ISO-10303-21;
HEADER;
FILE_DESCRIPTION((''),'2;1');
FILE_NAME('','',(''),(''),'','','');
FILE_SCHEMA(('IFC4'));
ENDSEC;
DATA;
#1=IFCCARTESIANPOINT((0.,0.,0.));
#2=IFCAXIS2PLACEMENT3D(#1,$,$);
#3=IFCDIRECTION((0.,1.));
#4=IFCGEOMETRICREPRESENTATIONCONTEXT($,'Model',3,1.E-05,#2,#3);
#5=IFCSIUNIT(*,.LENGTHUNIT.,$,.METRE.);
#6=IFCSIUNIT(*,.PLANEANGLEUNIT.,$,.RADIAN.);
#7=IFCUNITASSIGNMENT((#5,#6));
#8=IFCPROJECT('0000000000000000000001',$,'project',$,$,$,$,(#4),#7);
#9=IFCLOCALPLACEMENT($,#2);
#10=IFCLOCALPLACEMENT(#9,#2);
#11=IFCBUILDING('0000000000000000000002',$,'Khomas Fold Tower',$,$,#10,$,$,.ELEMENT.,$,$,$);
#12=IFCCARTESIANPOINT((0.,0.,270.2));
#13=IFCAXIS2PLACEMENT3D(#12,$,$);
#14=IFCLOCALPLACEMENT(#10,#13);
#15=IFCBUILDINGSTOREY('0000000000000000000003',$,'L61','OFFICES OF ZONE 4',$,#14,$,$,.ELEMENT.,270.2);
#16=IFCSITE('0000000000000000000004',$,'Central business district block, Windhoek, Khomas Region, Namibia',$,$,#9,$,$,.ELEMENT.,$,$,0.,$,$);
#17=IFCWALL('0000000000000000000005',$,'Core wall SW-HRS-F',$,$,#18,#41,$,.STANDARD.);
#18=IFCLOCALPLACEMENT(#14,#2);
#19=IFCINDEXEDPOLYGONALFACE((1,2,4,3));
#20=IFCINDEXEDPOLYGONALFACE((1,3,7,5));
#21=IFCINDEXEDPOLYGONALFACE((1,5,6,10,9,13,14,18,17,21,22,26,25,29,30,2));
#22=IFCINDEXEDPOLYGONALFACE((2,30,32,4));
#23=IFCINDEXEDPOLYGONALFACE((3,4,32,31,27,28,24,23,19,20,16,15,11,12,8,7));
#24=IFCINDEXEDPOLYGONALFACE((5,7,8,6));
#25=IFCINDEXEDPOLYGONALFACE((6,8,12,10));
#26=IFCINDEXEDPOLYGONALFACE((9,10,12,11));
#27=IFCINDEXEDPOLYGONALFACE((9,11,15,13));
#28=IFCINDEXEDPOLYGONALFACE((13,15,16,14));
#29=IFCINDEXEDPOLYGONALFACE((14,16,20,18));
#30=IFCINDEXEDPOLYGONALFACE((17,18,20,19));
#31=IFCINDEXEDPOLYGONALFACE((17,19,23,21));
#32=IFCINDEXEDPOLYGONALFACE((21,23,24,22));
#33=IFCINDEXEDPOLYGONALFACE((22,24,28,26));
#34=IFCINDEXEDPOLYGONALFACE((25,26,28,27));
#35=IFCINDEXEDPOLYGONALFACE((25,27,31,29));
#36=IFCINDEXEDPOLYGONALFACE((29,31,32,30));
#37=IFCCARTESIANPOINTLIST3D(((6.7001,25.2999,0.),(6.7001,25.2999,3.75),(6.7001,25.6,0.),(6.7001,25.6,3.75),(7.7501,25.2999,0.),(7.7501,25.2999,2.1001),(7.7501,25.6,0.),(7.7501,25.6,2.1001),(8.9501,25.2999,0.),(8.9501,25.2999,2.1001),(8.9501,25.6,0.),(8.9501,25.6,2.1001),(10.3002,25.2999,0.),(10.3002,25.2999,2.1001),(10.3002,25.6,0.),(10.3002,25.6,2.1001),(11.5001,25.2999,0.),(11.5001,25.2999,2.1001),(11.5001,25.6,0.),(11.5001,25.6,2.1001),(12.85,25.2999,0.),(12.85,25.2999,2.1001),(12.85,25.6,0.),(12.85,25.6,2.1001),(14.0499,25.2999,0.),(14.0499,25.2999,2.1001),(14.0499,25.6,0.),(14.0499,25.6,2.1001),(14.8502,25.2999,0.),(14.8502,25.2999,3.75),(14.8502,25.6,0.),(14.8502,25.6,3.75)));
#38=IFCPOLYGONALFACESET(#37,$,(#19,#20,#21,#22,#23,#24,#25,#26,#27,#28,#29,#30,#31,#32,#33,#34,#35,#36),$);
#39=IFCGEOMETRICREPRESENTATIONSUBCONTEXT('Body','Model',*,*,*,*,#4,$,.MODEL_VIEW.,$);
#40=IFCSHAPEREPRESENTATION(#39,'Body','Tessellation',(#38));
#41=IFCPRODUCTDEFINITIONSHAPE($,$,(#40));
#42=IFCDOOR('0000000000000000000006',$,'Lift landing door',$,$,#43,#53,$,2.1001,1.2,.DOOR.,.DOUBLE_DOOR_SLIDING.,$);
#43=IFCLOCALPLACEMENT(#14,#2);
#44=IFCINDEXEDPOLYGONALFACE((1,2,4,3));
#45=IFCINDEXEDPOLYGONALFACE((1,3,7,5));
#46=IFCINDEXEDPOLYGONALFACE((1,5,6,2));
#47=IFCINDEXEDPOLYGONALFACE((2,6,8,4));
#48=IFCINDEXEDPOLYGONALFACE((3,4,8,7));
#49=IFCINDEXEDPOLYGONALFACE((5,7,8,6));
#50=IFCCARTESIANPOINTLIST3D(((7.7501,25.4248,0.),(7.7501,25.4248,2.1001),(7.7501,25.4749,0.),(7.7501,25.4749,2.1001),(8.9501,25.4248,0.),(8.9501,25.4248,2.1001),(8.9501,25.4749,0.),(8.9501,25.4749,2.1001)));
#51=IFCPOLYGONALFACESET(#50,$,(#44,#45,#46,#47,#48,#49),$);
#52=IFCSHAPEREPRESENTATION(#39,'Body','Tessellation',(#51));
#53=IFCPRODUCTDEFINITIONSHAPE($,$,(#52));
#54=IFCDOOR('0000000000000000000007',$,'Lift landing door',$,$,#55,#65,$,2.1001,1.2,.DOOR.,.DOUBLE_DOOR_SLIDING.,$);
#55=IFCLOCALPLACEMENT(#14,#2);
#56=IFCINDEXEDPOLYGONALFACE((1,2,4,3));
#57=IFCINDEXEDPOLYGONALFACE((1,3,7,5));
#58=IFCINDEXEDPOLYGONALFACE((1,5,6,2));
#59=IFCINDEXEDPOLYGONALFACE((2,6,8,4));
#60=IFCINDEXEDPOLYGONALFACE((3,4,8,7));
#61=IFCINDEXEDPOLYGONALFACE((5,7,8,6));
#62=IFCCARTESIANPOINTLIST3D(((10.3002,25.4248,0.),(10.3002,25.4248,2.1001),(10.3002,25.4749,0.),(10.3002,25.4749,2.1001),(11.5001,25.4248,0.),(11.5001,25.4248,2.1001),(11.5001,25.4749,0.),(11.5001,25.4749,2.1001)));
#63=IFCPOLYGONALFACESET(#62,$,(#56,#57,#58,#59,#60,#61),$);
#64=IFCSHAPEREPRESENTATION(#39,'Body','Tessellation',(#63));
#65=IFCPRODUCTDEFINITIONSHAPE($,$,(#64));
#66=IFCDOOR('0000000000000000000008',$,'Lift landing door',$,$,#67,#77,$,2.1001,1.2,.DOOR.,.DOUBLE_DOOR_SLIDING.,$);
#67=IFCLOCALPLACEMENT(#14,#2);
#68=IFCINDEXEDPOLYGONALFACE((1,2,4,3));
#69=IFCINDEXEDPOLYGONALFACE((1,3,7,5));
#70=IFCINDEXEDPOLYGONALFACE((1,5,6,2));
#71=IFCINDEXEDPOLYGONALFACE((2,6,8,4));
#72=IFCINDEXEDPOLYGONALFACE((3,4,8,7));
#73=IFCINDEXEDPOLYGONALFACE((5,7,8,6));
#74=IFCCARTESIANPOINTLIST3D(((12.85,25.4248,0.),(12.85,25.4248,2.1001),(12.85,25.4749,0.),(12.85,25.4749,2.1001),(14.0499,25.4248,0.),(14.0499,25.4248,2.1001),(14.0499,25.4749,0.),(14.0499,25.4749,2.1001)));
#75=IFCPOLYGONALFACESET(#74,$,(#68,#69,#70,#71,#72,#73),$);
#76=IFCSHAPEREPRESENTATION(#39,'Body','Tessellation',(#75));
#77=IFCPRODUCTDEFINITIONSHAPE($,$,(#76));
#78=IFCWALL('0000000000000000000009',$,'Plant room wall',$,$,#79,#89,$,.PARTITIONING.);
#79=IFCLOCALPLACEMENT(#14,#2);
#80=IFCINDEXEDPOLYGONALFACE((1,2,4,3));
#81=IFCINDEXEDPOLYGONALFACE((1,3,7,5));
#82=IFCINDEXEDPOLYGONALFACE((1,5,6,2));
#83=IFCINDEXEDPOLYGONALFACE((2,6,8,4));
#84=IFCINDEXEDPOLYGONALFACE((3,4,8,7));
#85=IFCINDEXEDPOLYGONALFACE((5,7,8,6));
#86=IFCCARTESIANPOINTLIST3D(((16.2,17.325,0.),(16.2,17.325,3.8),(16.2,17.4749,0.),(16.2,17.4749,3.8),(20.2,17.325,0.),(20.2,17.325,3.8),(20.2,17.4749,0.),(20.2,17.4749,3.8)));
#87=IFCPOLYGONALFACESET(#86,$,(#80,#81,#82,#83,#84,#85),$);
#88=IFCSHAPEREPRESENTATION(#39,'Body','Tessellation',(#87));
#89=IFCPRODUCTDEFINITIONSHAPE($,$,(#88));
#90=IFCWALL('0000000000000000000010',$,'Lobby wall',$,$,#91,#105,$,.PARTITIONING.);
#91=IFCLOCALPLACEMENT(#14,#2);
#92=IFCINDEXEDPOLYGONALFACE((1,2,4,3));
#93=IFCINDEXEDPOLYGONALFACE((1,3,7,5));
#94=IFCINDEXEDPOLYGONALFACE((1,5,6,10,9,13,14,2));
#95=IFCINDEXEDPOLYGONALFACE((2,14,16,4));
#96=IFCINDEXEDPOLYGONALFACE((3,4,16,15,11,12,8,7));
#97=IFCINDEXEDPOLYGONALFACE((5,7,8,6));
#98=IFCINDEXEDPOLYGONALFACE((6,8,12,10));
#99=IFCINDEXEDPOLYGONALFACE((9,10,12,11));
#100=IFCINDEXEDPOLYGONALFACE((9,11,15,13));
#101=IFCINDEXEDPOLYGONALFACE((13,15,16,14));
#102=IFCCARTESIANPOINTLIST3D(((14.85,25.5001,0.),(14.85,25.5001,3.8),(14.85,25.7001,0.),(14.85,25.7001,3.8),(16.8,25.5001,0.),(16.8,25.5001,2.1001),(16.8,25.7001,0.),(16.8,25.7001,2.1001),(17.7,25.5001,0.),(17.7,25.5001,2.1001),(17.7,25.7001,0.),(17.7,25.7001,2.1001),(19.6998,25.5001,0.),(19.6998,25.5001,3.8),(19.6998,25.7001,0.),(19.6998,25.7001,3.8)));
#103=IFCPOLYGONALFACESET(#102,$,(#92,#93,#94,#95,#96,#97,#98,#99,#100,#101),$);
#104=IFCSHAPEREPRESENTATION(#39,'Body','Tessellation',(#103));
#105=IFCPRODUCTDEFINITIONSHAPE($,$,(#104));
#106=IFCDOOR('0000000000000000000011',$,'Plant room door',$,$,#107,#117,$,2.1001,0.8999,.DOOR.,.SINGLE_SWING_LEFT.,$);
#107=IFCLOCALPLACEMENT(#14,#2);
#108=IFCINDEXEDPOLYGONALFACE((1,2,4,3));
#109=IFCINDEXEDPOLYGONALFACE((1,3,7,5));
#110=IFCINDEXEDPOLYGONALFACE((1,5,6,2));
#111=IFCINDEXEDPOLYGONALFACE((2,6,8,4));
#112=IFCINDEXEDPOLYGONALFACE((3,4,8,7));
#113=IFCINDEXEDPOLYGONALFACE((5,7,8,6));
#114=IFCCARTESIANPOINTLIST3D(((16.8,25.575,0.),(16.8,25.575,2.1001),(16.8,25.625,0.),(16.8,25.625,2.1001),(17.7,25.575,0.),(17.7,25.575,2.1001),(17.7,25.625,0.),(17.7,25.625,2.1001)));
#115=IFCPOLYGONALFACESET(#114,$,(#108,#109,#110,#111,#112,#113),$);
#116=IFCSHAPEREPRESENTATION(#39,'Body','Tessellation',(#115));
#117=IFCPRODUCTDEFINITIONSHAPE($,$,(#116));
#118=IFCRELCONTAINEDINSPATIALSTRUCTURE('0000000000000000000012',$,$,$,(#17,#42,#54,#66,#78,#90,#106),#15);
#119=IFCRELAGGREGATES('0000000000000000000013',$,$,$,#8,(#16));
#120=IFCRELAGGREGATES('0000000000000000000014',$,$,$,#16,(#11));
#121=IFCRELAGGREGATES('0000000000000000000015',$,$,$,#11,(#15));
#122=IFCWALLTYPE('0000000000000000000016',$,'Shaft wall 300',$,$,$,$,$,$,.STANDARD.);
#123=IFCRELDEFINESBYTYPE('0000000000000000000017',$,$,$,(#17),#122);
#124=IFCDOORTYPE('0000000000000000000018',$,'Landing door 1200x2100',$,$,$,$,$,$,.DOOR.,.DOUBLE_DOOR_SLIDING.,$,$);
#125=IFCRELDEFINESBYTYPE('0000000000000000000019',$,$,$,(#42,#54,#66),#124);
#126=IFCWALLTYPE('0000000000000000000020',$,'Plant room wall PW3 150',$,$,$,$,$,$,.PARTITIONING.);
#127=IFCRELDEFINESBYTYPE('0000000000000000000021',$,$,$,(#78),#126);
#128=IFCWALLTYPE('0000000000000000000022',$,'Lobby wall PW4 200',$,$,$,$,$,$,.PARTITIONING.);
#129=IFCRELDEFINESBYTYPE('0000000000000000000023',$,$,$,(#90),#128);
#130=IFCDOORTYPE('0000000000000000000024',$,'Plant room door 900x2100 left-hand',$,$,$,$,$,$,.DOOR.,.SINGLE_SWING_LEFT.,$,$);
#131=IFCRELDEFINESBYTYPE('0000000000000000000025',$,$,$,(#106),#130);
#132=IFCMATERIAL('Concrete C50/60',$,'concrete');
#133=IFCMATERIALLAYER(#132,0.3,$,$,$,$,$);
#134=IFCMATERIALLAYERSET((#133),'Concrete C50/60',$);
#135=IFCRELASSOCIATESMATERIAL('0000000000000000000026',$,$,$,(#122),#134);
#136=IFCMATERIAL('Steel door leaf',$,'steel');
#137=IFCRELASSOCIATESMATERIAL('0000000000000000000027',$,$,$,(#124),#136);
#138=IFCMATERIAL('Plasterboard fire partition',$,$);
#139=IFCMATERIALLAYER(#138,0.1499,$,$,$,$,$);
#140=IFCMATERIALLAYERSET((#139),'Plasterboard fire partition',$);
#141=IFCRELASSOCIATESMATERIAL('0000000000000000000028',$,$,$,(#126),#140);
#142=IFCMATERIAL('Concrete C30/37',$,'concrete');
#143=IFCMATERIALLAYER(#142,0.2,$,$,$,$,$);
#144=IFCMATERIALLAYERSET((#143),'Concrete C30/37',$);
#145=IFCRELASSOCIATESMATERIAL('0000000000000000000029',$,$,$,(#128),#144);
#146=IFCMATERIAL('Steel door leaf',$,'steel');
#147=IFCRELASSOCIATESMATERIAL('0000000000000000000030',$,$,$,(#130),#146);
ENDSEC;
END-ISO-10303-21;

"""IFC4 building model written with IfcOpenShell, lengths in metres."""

from ifc_helpers import new_model, si_unit, direction, frame, frame_2d, origin, place, context, subcontext, project, spatial, rectangle, extrude, source, transform, mapped, material, layer, layer_set, type_object, element, fill, save


model = new_model("IFC4")

# Units and contexts
model_context = context("Model", 3, precision=1e-05, world=origin(), true_north=direction((0.0, 1.0)))
body_context = subcontext(model_context, "Body", "Model", "MODEL_VIEW")
ifc_project = project(units=[si_unit("LENGTHUNIT", "METRE"), si_unit("PLANEANGLEUNIT", "RADIAN")], contexts=[model_context])

# Site, building, storey
site_placement = place(None, origin())
site = spatial("IfcSite", under=ifc_project, at=site_placement, Name="Central business district block, Windhoek, Khomas Region, Namibia", CompositionType="ELEMENT", RefElevation=0.0)
building_placement = place(site_placement, origin())
building = spatial("IfcBuilding", under=site, at=building_placement, Name="Khomas Fold Tower", CompositionType="ELEMENT")
storey_placement = place(building_placement, frame((0.0, 0.0, 270.2)))
storey = spatial("IfcBuildingStorey", under=building, at=storey_placement, Name="L61", Description="OFFICES OF ZONE 4", CompositionType="ELEMENT", Elevation=270.2)

# Shared definitions
ifc_material_1 = material(Name="Concrete C50/60", Category="concrete")
ifc_layer_1 = layer(ifc_material_1, 0.3)
ifc_layer_set_1 = layer_set([ifc_layer_1], Name="Concrete C50/60")
wall_type_1 = type_object("IfcWallType", Name="Shaft wall 300", PredefinedType="STANDARD", material=ifc_layer_set_1)

# Shared definitions
shared_shape_1 = source(origin(), body_context, "Body", "SweptSolid", [
    extrude(rectangle(XDim=1.2, YDim=2.1001, at=frame_2d((0.6001, 1.05))), frame((0.0, 0.1599, 0.0), z_axis=(0.0, -1.0, 0.0), x_axis=(1.0, 0.0, 0.0)), (0.0, 0.0, 1.0), 0.3201),
])
ifc_material_2 = material(Name="Steel door leaf", Category="steel")
door_type_1 = type_object("IfcDoorType", Name="Landing door 1200x2100", OperationType="DOUBLE_DOOR_SLIDING", PredefinedType="DOOR", material=ifc_material_2)
shared_shape_2 = source(origin(), body_context, "Body", "SweptSolid", [
    extrude(rectangle(XDim=1.2, YDim=2.1001, at=frame_2d((0.6001, 1.05))), frame((0.0, 0.0249, 0.0), z_axis=(0.0, -1.0, 0.0), x_axis=(1.0, 0.0, 0.0)), (0.0, 0.0, 1.0), 0.05),
])

# Wall, openings, doors
shared_shape_3 = source(origin(), body_context, "Body", "SweptSolid", [
    extrude(rectangle(XDim=8.1501, YDim=0.3, at=frame_2d((4.0752, 0.0))), origin(), (0.0, 0.0, 1.0), 3.75),
])
wall_1_placement = place(storey_placement, frame((6.7, 25.45, 0.0), z_axis=(0.0, 0.0, 1.0), x_axis=(1.0, 0.0, 0.0)))
wall_1 = element("IfcWall", 1, at=wall_1_placement, inside=storey, type_object=wall_type_1, Name="Core wall SW-HRS-F", PredefinedType="STANDARD", context=body_context, shape_type="MappedRepresentation", body=[
    mapped(shared_shape_3, transform((0.0, 0.0, 0.0))),
])
opening_1_placement = place(wall_1_placement, frame((1.05, 0.0, 0.0)))
opening_1 = element("IfcOpeningElement", 2, at=opening_1_placement, cuts=wall_1, PredefinedType="OPENING", context=body_context, shape_type="MappedRepresentation", body=[
    mapped(shared_shape_1, transform((0.0, 0.0, 0.0))),
])
opening_2_placement = place(wall_1_placement, frame((3.6001, 0.0, 0.0)))
opening_2 = element("IfcOpeningElement", 3, at=opening_2_placement, cuts=wall_1, PredefinedType="OPENING", context=body_context, shape_type="MappedRepresentation", body=[
    mapped(shared_shape_1, transform((0.0, 0.0, 0.0))),
])
opening_3_placement = place(wall_1_placement, frame((6.1499, 0.0, 0.0)))
opening_3 = element("IfcOpeningElement", 4, at=opening_3_placement, cuts=wall_1, PredefinedType="OPENING", context=body_context, shape_type="MappedRepresentation", body=[
    mapped(shared_shape_1, transform((0.0, 0.0, 0.0))),
])
door_1_placement = place(opening_1_placement, origin())
door_1 = element("IfcDoor", 5, at=door_1_placement, inside=storey, type_object=door_type_1, Name="Lift landing door", OperationType="DOUBLE_DOOR_SLIDING", OverallHeight=2.1001, OverallWidth=1.2, PredefinedType="DOOR", context=body_context, shape_type="MappedRepresentation", body=[
    mapped(shared_shape_2, transform((0.0, 0.0, 0.0))),
])
fill(opening_1, door_1)
door_2_placement = place(opening_2_placement, origin())
door_2 = element("IfcDoor", 6, at=door_2_placement, inside=storey, type_object=door_type_1, Name="Lift landing door", OperationType="DOUBLE_DOOR_SLIDING", OverallHeight=2.1001, OverallWidth=1.2, PredefinedType="DOOR", context=body_context, shape_type="MappedRepresentation", body=[
    mapped(shared_shape_2, transform((0.0, 0.0, 0.0))),
])
fill(opening_2, door_2)
door_3_placement = place(opening_3_placement, origin())
door_3 = element("IfcDoor", 7, at=door_3_placement, inside=storey, type_object=door_type_1, Name="Lift landing door", OperationType="DOUBLE_DOOR_SLIDING", OverallHeight=2.1001, OverallWidth=1.2, PredefinedType="DOOR", context=body_context, shape_type="MappedRepresentation", body=[
    mapped(shared_shape_2, transform((0.0, 0.0, 0.0))),
])
fill(opening_3, door_3)

# Wall
ifc_material_3 = material(Name="Plasterboard fire partition")
ifc_layer_2 = layer(ifc_material_3, 0.1499)
ifc_layer_set_2 = layer_set([ifc_layer_2], Name="Plasterboard fire partition")
wall_type_2 = type_object("IfcWallType", Name="Plant room wall PW3 150", PredefinedType="PARTITIONING", material=ifc_layer_set_2)
shared_shape_4 = source(origin(), body_context, "Body", "SweptSolid", [
    extrude(rectangle(XDim=4.0, YDim=0.1499, at=frame_2d((2.0, 0.0))), origin(), (0.0, 0.0, 1.0), 3.8),
])
wall_2_placement = place(storey_placement, frame((16.2, 17.3999, 0.0), z_axis=(0.0, 0.0, 1.0), x_axis=(1.0, 0.0, 0.0)))
element("IfcWall", 8, at=wall_2_placement, inside=storey, type_object=wall_type_2, Name="Plant room wall", PredefinedType="PARTITIONING", context=body_context, shape_type="MappedRepresentation", body=[
    mapped(shared_shape_4, transform((0.0, 0.0, 0.0))),
])

# Wall, opening, door
ifc_material_4 = material(Name="Concrete C30/37", Category="concrete")
ifc_layer_3 = layer(ifc_material_4, 0.2)
ifc_layer_set_3 = layer_set([ifc_layer_3], Name="Concrete C30/37")
wall_type_3 = type_object("IfcWallType", Name="Lobby wall PW4 200", PredefinedType="PARTITIONING", material=ifc_layer_set_3)
shared_shape_5 = source(origin(), body_context, "Body", "SweptSolid", [
    extrude(rectangle(XDim=4.8499, YDim=0.2, at=frame_2d((2.4248, 0.0))), origin(), (0.0, 0.0, 1.0), 3.8),
])
wall_3_placement = place(storey_placement, frame((14.8501, 25.6001, 0.0), z_axis=(0.0, 0.0, 1.0), x_axis=(1.0, 0.0, 0.0)))
wall_3 = element("IfcWall", 9, at=wall_3_placement, inside=storey, type_object=wall_type_3, Name="Lobby wall", PredefinedType="PARTITIONING", context=body_context, shape_type="MappedRepresentation", body=[
    mapped(shared_shape_5, transform((0.0, 0.0, 0.0))),
])
shared_shape_6 = source(origin(), body_context, "Body", "SweptSolid", [
    extrude(rectangle(XDim=0.8999, YDim=2.1001, at=frame_2d((0.45, 1.05))), frame((0.0, 0.1099, 0.0), z_axis=(0.0, -1.0, 0.0), x_axis=(1.0, 0.0, 0.0)), (0.0, 0.0, 1.0), 0.22),
])
opening_4_placement = place(wall_3_placement, frame((1.95, 0.0, 0.0)))
opening_4 = element("IfcOpeningElement", 10, at=opening_4_placement, cuts=wall_3, PredefinedType="OPENING", context=body_context, shape_type="MappedRepresentation", body=[
    mapped(shared_shape_6, transform((0.0, 0.0, 0.0))),
])
ifc_material_5 = material(Name="Steel door leaf", Category="steel")
door_type_2 = type_object("IfcDoorType", Name="Plant room door 900x2100 left-hand", OperationType="SINGLE_SWING_LEFT", PredefinedType="DOOR", material=ifc_material_5)
shared_shape_7 = source(origin(), body_context, "Body", "SweptSolid", [
    extrude(rectangle(XDim=0.8999, YDim=2.1001, at=frame_2d((0.45, 1.05))), frame((0.0, 0.0249, 0.0), z_axis=(0.0, -1.0, 0.0), x_axis=(1.0, 0.0, 0.0)), (0.0, 0.0, 1.0), 0.05),
])
door_4_placement = place(opening_4_placement, origin())
door_4 = element("IfcDoor", 11, at=door_4_placement, inside=storey, type_object=door_type_2, Name="Plant room door", OperationType="SINGLE_SWING_LEFT", OverallHeight=2.1001, OverallWidth=0.8999, PredefinedType="DOOR", context=body_context, shape_type="MappedRepresentation", body=[
    mapped(shared_shape_7, transform((0.0, 0.0, 0.0))),
])
fill(opening_4, door_4)

save(model, "model.ifc")
